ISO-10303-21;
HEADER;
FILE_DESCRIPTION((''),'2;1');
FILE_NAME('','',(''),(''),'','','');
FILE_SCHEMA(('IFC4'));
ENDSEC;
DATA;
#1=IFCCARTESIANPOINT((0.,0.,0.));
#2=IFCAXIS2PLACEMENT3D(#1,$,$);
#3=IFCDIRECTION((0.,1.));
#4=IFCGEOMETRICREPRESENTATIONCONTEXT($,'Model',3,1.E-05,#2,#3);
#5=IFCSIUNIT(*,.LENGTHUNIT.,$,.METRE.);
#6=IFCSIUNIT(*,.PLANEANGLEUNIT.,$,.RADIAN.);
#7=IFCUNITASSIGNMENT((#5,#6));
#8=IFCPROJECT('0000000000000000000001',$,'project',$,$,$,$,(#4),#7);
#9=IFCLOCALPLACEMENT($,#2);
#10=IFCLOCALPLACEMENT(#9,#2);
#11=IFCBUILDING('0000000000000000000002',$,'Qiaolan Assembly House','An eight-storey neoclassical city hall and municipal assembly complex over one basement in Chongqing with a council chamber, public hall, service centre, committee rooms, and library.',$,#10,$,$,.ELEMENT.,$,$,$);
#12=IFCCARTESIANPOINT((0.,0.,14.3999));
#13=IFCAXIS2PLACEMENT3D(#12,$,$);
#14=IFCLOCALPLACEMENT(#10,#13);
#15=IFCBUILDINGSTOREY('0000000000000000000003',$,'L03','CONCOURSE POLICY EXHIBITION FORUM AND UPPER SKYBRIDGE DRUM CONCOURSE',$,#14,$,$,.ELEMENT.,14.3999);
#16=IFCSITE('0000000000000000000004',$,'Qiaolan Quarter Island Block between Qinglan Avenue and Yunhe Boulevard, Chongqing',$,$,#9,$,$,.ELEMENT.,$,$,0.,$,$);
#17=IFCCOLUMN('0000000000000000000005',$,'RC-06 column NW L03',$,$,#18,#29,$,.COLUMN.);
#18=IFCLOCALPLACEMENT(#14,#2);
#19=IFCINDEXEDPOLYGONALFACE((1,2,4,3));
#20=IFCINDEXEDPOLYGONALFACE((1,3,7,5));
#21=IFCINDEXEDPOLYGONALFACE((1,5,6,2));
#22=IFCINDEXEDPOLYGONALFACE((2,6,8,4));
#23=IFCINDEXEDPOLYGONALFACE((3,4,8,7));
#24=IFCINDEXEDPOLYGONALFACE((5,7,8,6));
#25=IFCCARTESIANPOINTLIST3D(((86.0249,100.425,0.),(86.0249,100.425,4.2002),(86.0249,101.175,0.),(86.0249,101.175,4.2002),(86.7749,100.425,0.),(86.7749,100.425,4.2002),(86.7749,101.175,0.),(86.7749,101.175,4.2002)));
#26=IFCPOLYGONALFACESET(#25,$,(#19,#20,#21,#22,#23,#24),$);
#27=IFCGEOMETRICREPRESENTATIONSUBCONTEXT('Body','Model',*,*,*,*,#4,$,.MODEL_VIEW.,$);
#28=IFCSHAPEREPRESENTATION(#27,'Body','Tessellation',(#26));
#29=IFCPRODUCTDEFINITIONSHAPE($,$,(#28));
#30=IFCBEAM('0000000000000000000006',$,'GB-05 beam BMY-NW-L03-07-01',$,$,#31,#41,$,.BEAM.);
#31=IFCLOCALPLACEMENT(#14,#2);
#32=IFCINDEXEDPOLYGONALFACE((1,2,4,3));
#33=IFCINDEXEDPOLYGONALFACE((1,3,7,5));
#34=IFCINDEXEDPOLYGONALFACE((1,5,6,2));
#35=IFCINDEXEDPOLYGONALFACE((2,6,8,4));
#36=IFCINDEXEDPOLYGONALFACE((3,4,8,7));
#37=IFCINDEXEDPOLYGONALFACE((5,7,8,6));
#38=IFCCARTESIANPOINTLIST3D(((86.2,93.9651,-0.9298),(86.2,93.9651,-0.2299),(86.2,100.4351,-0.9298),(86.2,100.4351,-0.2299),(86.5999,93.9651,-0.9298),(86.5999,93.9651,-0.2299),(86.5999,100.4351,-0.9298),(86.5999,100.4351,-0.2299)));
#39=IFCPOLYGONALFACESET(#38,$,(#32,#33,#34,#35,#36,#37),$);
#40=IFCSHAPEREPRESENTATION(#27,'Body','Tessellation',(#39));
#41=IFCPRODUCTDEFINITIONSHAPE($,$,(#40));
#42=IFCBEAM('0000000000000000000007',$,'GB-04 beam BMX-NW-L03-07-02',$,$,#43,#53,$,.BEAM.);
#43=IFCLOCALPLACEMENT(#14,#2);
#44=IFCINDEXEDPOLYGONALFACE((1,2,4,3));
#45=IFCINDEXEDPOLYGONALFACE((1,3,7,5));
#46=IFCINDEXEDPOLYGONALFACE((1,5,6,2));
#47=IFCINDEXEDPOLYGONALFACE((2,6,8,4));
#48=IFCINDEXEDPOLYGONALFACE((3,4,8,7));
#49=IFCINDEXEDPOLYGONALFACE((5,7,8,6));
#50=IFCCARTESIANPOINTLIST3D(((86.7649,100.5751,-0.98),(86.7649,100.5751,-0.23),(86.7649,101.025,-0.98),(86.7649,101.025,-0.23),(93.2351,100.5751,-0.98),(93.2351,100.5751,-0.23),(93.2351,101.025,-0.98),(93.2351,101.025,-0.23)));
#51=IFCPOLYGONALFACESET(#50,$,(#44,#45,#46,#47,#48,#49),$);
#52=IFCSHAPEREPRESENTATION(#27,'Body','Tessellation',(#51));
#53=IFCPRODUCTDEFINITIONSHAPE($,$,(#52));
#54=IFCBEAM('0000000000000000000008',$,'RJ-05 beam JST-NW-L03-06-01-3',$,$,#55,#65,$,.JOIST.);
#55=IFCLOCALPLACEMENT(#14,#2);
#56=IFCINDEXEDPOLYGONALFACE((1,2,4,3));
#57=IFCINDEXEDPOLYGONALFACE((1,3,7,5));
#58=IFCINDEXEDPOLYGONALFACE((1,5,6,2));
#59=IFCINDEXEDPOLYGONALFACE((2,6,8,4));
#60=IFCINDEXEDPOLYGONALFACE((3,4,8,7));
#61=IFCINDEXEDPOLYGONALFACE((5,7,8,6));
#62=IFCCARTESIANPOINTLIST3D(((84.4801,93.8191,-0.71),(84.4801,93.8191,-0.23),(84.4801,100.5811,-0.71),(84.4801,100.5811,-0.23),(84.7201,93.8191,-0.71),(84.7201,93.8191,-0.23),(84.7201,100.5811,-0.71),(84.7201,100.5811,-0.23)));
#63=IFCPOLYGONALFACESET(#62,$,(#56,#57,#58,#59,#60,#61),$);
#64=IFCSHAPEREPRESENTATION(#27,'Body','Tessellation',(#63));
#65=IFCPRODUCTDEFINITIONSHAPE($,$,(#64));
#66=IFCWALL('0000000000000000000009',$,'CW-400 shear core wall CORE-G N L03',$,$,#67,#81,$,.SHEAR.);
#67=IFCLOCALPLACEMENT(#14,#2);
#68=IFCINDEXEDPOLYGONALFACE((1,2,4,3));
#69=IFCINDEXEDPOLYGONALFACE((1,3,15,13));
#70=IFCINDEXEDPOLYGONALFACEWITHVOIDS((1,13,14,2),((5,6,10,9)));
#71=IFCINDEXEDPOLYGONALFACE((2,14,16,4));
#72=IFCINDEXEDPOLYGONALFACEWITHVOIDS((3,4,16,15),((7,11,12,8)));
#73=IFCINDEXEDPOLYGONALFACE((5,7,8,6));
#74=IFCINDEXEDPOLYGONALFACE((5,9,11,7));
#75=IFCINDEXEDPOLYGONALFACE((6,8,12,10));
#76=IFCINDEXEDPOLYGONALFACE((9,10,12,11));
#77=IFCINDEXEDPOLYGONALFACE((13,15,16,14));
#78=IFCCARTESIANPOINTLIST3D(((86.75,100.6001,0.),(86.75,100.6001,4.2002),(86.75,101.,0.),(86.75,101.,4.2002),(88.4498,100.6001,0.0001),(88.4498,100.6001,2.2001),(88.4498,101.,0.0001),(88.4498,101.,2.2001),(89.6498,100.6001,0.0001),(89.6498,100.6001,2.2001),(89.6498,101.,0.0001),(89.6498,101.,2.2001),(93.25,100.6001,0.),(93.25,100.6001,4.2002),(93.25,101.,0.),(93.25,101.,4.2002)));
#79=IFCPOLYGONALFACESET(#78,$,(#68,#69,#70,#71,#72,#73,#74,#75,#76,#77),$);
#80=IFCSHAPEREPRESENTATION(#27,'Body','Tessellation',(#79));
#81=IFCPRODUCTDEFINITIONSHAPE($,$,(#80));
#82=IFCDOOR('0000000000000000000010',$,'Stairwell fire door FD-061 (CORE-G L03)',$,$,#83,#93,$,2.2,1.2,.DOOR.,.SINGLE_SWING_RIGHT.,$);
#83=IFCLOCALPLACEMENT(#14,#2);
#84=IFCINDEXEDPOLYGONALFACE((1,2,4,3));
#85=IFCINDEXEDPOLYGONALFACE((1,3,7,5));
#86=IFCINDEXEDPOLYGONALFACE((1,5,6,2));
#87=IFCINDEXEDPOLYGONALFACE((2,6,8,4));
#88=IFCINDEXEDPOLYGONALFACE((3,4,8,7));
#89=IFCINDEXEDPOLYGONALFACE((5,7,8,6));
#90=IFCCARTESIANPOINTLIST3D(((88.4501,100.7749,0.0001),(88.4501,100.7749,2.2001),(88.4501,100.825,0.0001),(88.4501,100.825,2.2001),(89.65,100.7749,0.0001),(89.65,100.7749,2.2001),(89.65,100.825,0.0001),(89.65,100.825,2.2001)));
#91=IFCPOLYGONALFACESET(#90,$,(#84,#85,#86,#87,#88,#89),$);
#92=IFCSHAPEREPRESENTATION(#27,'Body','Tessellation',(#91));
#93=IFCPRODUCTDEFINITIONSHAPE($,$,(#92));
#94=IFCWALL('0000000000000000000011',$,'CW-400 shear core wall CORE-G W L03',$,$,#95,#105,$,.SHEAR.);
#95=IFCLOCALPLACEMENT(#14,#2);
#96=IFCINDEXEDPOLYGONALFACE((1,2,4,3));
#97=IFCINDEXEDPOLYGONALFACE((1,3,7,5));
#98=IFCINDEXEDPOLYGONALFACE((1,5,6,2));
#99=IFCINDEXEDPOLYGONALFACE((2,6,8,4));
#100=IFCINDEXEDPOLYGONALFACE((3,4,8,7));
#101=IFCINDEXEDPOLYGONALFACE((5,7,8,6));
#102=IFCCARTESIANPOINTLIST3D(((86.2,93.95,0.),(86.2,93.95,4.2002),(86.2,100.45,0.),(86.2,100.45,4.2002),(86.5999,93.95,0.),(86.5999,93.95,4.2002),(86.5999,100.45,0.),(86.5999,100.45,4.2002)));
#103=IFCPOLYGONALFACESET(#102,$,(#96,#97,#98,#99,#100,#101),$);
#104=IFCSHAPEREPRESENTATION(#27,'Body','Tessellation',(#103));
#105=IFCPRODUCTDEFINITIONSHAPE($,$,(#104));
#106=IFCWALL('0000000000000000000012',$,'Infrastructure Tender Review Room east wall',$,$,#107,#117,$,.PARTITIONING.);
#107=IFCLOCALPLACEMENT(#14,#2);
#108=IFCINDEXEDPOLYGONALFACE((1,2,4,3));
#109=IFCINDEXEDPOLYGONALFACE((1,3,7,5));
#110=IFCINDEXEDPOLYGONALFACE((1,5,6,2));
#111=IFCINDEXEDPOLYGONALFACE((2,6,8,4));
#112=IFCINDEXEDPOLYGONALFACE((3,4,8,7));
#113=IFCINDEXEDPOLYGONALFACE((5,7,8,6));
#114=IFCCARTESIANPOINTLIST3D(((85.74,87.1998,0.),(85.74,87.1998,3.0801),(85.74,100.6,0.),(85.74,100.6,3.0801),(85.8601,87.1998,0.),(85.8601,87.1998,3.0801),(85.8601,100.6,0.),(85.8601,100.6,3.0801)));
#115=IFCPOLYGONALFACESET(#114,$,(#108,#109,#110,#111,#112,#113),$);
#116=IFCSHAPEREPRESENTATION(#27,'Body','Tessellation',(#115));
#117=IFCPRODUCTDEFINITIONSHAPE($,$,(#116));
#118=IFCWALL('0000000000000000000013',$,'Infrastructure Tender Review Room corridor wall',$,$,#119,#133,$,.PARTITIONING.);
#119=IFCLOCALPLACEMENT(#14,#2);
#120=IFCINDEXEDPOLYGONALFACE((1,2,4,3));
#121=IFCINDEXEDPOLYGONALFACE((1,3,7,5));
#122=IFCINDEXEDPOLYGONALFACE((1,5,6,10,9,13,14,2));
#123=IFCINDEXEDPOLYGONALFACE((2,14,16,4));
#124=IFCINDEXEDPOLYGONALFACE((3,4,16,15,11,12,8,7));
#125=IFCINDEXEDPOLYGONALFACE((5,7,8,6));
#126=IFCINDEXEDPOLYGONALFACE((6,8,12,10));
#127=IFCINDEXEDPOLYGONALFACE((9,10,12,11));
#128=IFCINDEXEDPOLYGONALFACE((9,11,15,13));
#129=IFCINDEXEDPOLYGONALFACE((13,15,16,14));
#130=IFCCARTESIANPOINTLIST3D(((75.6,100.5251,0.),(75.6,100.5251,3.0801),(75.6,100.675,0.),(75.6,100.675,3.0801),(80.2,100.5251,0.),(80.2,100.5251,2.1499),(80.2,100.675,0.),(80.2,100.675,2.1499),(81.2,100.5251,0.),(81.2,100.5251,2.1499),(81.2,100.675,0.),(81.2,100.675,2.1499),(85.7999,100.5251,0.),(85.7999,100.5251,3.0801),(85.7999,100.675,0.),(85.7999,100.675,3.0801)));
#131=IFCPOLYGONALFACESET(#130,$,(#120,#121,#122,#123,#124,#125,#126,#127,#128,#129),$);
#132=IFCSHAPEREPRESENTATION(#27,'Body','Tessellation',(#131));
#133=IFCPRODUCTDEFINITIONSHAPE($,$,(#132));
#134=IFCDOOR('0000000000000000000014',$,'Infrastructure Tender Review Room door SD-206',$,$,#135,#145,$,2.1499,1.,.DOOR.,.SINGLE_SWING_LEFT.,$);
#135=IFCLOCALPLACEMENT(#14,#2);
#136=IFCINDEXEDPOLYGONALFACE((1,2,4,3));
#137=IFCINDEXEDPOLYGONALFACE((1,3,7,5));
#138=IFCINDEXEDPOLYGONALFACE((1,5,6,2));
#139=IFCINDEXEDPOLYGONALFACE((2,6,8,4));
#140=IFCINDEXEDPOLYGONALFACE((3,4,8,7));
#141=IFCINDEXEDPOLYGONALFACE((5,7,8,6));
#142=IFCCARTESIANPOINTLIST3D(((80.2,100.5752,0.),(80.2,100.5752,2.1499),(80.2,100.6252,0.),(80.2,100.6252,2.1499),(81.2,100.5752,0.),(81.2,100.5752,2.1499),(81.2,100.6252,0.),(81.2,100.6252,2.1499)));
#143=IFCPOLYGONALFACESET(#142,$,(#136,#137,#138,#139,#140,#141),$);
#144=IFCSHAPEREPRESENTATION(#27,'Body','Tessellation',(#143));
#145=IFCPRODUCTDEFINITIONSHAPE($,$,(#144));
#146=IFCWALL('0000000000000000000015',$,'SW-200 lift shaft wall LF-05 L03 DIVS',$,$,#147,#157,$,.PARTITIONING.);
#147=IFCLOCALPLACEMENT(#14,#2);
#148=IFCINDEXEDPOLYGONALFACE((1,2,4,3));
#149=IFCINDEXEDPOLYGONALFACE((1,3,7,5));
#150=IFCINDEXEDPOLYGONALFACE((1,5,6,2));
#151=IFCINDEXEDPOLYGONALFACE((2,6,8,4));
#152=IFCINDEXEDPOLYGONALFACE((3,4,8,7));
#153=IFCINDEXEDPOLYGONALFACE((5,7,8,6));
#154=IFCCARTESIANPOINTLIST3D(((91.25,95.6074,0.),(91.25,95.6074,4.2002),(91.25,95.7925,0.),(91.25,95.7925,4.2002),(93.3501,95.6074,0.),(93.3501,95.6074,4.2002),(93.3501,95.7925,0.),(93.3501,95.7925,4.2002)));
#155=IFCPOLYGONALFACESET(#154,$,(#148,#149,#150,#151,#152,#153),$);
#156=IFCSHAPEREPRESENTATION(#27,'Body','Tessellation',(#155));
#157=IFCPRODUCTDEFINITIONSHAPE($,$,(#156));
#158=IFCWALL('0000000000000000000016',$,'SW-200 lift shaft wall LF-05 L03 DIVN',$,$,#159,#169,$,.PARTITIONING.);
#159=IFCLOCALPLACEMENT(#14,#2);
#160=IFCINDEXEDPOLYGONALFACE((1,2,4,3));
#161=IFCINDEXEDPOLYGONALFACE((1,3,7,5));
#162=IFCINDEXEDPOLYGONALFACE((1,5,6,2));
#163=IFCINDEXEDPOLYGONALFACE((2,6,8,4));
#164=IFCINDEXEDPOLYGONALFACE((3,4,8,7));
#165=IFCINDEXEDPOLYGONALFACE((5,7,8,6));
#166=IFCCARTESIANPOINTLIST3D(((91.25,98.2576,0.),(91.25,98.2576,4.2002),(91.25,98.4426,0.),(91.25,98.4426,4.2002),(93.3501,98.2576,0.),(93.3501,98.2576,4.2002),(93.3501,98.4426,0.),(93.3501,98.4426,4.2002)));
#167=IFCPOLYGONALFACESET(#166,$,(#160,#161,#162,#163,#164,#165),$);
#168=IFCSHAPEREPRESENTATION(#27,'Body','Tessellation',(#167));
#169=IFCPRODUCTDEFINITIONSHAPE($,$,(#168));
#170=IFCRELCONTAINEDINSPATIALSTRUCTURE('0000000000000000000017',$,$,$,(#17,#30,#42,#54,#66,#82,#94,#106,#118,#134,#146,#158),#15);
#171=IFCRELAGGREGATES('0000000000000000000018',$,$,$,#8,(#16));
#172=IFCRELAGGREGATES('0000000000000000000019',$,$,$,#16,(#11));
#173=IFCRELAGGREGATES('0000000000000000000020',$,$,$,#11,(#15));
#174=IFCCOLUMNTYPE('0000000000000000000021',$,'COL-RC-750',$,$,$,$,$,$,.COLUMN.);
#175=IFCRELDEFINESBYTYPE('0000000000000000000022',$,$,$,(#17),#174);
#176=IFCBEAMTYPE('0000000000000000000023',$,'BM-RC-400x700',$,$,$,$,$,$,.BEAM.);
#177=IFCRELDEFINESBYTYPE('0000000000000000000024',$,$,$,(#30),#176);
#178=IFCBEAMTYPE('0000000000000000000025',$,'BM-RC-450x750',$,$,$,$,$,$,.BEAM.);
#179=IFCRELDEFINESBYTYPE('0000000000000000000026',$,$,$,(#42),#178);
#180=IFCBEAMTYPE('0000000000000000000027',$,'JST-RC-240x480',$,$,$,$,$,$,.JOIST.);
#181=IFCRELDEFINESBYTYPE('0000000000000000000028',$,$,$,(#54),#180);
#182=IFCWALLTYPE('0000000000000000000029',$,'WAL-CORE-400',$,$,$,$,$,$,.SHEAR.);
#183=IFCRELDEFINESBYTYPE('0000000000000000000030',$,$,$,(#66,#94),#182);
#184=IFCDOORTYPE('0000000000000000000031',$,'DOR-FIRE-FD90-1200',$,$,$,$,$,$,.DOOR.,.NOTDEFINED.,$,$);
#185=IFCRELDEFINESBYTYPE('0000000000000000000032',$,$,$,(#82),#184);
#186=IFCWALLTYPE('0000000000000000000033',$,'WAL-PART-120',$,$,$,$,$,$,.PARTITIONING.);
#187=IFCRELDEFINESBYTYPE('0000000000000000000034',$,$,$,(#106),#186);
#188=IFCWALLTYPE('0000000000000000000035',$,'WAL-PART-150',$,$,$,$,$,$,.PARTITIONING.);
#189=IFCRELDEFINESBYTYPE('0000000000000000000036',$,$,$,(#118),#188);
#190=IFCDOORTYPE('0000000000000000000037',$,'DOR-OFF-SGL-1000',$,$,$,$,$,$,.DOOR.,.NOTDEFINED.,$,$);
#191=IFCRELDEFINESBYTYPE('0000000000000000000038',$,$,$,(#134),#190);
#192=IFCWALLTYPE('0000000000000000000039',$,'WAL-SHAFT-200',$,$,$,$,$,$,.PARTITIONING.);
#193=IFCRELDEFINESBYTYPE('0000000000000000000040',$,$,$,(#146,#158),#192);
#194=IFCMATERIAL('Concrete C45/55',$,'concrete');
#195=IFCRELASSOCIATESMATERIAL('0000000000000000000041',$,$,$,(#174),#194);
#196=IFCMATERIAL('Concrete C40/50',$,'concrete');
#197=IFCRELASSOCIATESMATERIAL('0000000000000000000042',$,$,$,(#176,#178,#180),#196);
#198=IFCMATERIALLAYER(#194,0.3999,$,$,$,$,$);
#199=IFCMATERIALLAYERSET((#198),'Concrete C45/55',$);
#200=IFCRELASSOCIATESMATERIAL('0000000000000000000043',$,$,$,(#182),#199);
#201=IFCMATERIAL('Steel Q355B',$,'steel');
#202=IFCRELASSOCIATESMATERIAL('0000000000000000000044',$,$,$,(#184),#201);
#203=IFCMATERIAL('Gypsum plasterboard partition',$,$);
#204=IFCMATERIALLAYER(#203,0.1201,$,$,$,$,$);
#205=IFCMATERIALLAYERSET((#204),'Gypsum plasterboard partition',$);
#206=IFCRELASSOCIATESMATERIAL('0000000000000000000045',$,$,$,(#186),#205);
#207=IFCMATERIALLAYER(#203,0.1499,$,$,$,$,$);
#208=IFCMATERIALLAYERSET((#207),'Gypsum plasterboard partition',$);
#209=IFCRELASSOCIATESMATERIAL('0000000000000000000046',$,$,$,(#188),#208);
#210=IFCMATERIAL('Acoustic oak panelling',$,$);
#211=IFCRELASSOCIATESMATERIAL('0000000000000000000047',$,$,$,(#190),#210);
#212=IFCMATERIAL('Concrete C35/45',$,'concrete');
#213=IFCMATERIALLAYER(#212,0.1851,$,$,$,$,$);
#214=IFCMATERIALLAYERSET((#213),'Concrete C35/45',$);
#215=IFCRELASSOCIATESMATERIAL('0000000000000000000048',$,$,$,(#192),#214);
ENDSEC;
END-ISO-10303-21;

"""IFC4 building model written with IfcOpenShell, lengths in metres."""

from ifc_helpers import new_model, si_unit, direction, frame, frame_2d, origin, origin_2d, place, context, subcontext, project, spatial, rectangle, extrude, material, layer, layer_set, material_profile, profile_set, type_object, element, fill, save


model = new_model("IFC4")

# Units and contexts
model_context = context("Model", 3, precision=1e-05, world=origin(), true_north=direction((0.0, 1.0)))
body_context = subcontext(model_context, "Body", "Model", "MODEL_VIEW")
ifc_project = project(units=[si_unit("LENGTHUNIT", "METRE"), si_unit("PLANEANGLEUNIT", "RADIAN")], contexts=[model_context])

# Site, building, storey
site_placement = place(None, origin())
site = spatial("IfcSite", under=ifc_project, at=site_placement, Name="Qiaolan Quarter Island Block between Qinglan Avenue and Yunhe Boulevard, Chongqing", CompositionType="ELEMENT", RefElevation=0.0)
building_placement = place(site_placement, origin())
building = spatial("IfcBuilding", under=site, at=building_placement, Name="Qiaolan Assembly House", Description="An eight-storey neoclassical city hall and municipal assembly complex over one basement in Chongqing with a council chamber, public hall, service centre, committee rooms, and library.", CompositionType="ELEMENT")
storey_placement = place(building_placement, frame((0.0, 0.0, 14.3999)))
storey = spatial("IfcBuildingStorey", under=building, at=storey_placement, Name="L03", Description="CONCOURSE POLICY EXHIBITION FORUM AND UPPER SKYBRIDGE DRUM CONCOURSE", CompositionType="ELEMENT", Elevation=14.3999)

# Column
ifc_material_1 = material(Name="Concrete C45/55", Category="concrete")
ifc_material_profile_1 = material_profile(ifc_material_1, rectangle(XDim=0.75, YDim=0.75, at=origin_2d()), Name="RC 750x750")
ifc_profile_set_1 = profile_set([ifc_material_profile_1], Name="Concrete C45/55")
column_type = type_object("IfcColumnType", Name="COL-RC-750", PredefinedType="COLUMN", material=ifc_profile_set_1)
column_placement = place(storey_placement, frame((86.3999, 100.8, 0.0), z_axis=(0.0, 0.0, 1.0), x_axis=(1.0, 0.0, 0.0)))
element("IfcColumn", 1, at=column_placement, inside=storey, type_object=column_type, Name="RC-06 column NW L03", PredefinedType="COLUMN", context=body_context, shape_type="SweptSolid", body=[
    extrude(rectangle(XDim=0.75, YDim=0.75, at=origin_2d()), origin(), (0.0, 0.0, 1.0), 4.2002),
])

# Beams
ifc_material_2 = material(Name="Concrete C40/50", Category="concrete")
ifc_material_profile_2 = material_profile(ifc_material_2, rectangle(XDim=0.3999, YDim=0.7, at=origin_2d()), Name="RCB 400x700")
ifc_profile_set_2 = profile_set([ifc_material_profile_2], Name="Concrete C40/50")
beam_type_1 = type_object("IfcBeamType", Name="BM-RC-400x700", PredefinedType="BEAM", material=ifc_profile_set_2)
beam_1_placement = place(storey_placement, frame((86.3999, 93.9651, -0.5798), z_axis=(0.0, 1.0, 0.0), x_axis=(-1.0, 0.0, 0.0)))
element("IfcBeam", 2, at=beam_1_placement, inside=storey, type_object=beam_type_1, Name="GB-05 beam BMY-NW-L03-07-01", PredefinedType="BEAM", context=body_context, shape_type="SweptSolid", body=[
    extrude(rectangle(XDim=0.3999, YDim=0.7, at=origin_2d()), origin(), (0.0, 0.0, 1.0), 6.47),
])
ifc_material_profile_3 = material_profile(ifc_material_2, rectangle(XDim=0.45, YDim=0.75, at=origin_2d()), Name="RCB 450x750")
ifc_profile_set_3 = profile_set([ifc_material_profile_3], Name="Concrete C40/50")
beam_type_2 = type_object("IfcBeamType", Name="BM-RC-450x750", PredefinedType="BEAM", material=ifc_profile_set_3)
beam_2_placement = place(storey_placement, frame((86.7649, 100.8, -0.605), z_axis=(1.0, 0.0, 0.0), x_axis=(0.0, 1.0, 0.0)))
element("IfcBeam", 3, at=beam_2_placement, inside=storey, type_object=beam_type_2, Name="GB-04 beam BMX-NW-L03-07-02", PredefinedType="BEAM", context=body_context, shape_type="SweptSolid", body=[
    extrude(rectangle(XDim=0.45, YDim=0.75, at=origin_2d()), origin(), (0.0, 0.0, 1.0), 6.4702),
])
ifc_material_profile_4 = material_profile(ifc_material_2, rectangle(XDim=0.24, YDim=0.48, at=origin_2d()), Name="RCB 240x480")
ifc_profile_set_4 = profile_set([ifc_material_profile_4], Name="Concrete C40/50")
beam_type_3 = type_object("IfcBeamType", Name="JST-RC-240x480", PredefinedType="JOIST", material=ifc_profile_set_4)
beam_3_placement = place(storey_placement, frame((84.6001, 93.8191, -0.47), z_axis=(0.0, 1.0, 0.0), x_axis=(-1.0, 0.0, 0.0)))
element("IfcBeam", 4, at=beam_3_placement, inside=storey, type_object=beam_type_3, Name="RJ-05 beam JST-NW-L03-06-01-3", PredefinedType="JOIST", context=body_context, shape_type="SweptSolid", body=[
    extrude(rectangle(XDim=0.24, YDim=0.48, at=origin_2d()), origin(), (0.0, 0.0, 1.0), 6.762),
])

# Wall, opening, door
ifc_layer_1 = layer(ifc_material_1, 0.3999)
ifc_layer_set_1 = layer_set([ifc_layer_1], Name="Concrete C45/55")
wall_type_1 = type_object("IfcWallType", Name="WAL-CORE-400", PredefinedType="SHEAR", material=ifc_layer_set_1)
wall_1_placement = place(storey_placement, frame((93.25, 100.8, 0.0), z_axis=(0.0, 0.0, 1.0), x_axis=(-1.0, 0.0, 0.0)))
wall_1 = element("IfcWall", 5, at=wall_1_placement, inside=storey, type_object=wall_type_1, Name="CW-400 shear core wall CORE-G N L03", PredefinedType="SHEAR", context=body_context, shape_type="SweptSolid", body=[
    extrude(rectangle(XDim=6.5, YDim=0.3999, at=frame_2d((3.25, 0.0))), origin(), (0.0, 0.0, 1.0), 4.2002),
])
opening_1_placement = place(wall_1_placement, frame((3.6001, 0.0, 0.0)))
opening_1 = element("IfcOpeningElement", 6, at=opening_1_placement, cuts=wall_1, PredefinedType="OPENING", context=body_context, shape_type="SweptSolid", body=[
    extrude(rectangle(XDim=1.2, YDim=2.2, at=frame_2d((0.6001, 1.1001))), frame((0.0, 0.21, 0.0), z_axis=(0.0, -1.0, 0.0), x_axis=(1.0, 0.0, 0.0)), (0.0, 0.0, 1.0), 0.4199),
])
ifc_material_3 = material(Name="Steel Q355B", Category="steel")
door_type_1 = type_object("IfcDoorType", Name="DOR-FIRE-FD90-1200", OperationType="NOTDEFINED", PredefinedType="DOOR", material=ifc_material_3)
door_1_placement = place(opening_1_placement, frame((1.2, 0.0, 0.0), z_axis=(0.0, 0.0, 1.0), x_axis=(-1.0, 0.0, 0.0)))
door_1 = element("IfcDoor", 7, at=door_1_placement, inside=storey, type_object=door_type_1, Name="Stairwell fire door FD-061 (CORE-G L03)", OperationType="SINGLE_SWING_RIGHT", OverallHeight=2.2, OverallWidth=1.2, PredefinedType="DOOR", context=body_context, shape_type="SweptSolid", body=[
    extrude(rectangle(XDim=1.2, YDim=2.2, at=frame_2d((0.6001, 1.1001))), frame((0.0, 0.0249, 0.0), z_axis=(0.0, -1.0, 0.0), x_axis=(1.0, 0.0, 0.0)), (0.0, 0.0, 1.0), 0.05),
])
fill(opening_1, door_1)

# Walls
wall_2_placement = place(storey_placement, frame((86.3999, 100.45, 0.0), z_axis=(0.0, 0.0, 1.0), x_axis=(0.0, -1.0, 0.0)))
element("IfcWall", 8, at=wall_2_placement, inside=storey, type_object=wall_type_1, Name="CW-400 shear core wall CORE-G W L03", PredefinedType="SHEAR", context=body_context, shape_type="SweptSolid", body=[
    extrude(rectangle(XDim=6.5, YDim=0.3999, at=frame_2d((3.25, 0.0))), origin(), (0.0, 0.0, 1.0), 4.2002),
])
ifc_material_4 = material(Name="Gypsum plasterboard partition")
ifc_layer_2 = layer(ifc_material_4, 0.1201)
ifc_layer_set_2 = layer_set([ifc_layer_2], Name="Gypsum plasterboard partition")
wall_type_2 = type_object("IfcWallType", Name="WAL-PART-120", PredefinedType="PARTITIONING", material=ifc_layer_set_2)
wall_3_placement = place(storey_placement, frame((85.8, 100.6001, 0.0), z_axis=(0.0, 0.0, 1.0), x_axis=(0.0, -1.0, 0.0)))
element("IfcWall", 9, at=wall_3_placement, inside=storey, type_object=wall_type_2, Name="Infrastructure Tender Review Room east wall", PredefinedType="PARTITIONING", context=body_context, shape_type="SweptSolid", body=[
    extrude(rectangle(XDim=13.4001, YDim=0.1201, at=frame_2d((6.7002, 0.0))), origin(), (0.0, 0.0, 1.0), 3.0801),
])

# Wall, opening, door
ifc_layer_3 = layer(ifc_material_4, 0.1499)
ifc_layer_set_3 = layer_set([ifc_layer_3], Name="Gypsum plasterboard partition")
wall_type_3 = type_object("IfcWallType", Name="WAL-PART-150", PredefinedType="PARTITIONING", material=ifc_layer_set_3)
wall_4_placement = place(storey_placement, frame((85.8, 100.6001, 0.0), z_axis=(0.0, 0.0, 1.0), x_axis=(-1.0, 0.0, 0.0)))
wall_4 = element("IfcWall", 10, at=wall_4_placement, inside=storey, type_object=wall_type_3, Name="Infrastructure Tender Review Room corridor wall", PredefinedType="PARTITIONING", context=body_context, shape_type="SweptSolid", body=[
    extrude(rectangle(XDim=10.2, YDim=0.1499, at=frame_2d((5.1001, 0.0))), origin(), (0.0, 0.0, 1.0), 3.0801),
])
opening_2_placement = place(wall_4_placement, frame((4.6001, 0.0, 0.0)))
opening_2 = element("IfcOpeningElement", 11, at=opening_2_placement, cuts=wall_4, PredefinedType="OPENING", context=body_context, shape_type="SweptSolid", body=[
    extrude(rectangle(XDim=1.0, YDim=2.1499, at=frame_2d((0.5, 1.075))), frame((0.0, 0.085, 0.0), z_axis=(0.0, -1.0, 0.0), x_axis=(1.0, 0.0, 0.0)), (0.0, 0.0, 1.0), 0.1699),
])
ifc_material_5 = material(Name="Acoustic oak panelling")
door_type_2 = type_object("IfcDoorType", Name="DOR-OFF-SGL-1000", OperationType="NOTDEFINED", PredefinedType="DOOR", material=ifc_material_5)
door_2_placement = place(opening_2_placement, origin())
door_2 = element("IfcDoor", 12, at=door_2_placement, inside=storey, type_object=door_type_2, Name="Infrastructure Tender Review Room door SD-206", OperationType="SINGLE_SWING_LEFT", OverallHeight=2.1499, OverallWidth=1.0, PredefinedType="DOOR", context=body_context, shape_type="SweptSolid", body=[
    extrude(rectangle(XDim=1.0, YDim=2.1499, at=frame_2d((0.5, 1.075))), frame((0.0, 0.0249, 0.0), z_axis=(0.0, -1.0, 0.0), x_axis=(1.0, 0.0, 0.0)), (0.0, 0.0, 1.0), 0.05),
])
fill(opening_2, door_2)

# Walls
ifc_material_6 = material(Name="Concrete C35/45", Category="concrete")
ifc_layer_4 = layer(ifc_material_6, 0.1851)
ifc_layer_set_4 = layer_set([ifc_layer_4], Name="Concrete C35/45")
wall_type_4 = type_object("IfcWallType", Name="WAL-SHAFT-200", PredefinedType="PARTITIONING", material=ifc_layer_set_4)
for number, where, z_axis, x_axis, name in (
    (13, (91.25, 95.7, 0.0), (0.0, 0.0, 1.0), (1.0, 0.0, 0.0), "SW-200 lift shaft wall LF-05 L03 DIVS"),
    (14, (91.25, 98.3501, 0.0), (0.0, 0.0, 1.0), (1.0, 0.0, 0.0), "SW-200 lift shaft wall LF-05 L03 DIVN"),
):
    element("IfcWall", number, at=place(storey_placement, frame(where, z_axis=z_axis, x_axis=x_axis)), inside=storey, type_object=wall_type_4, Name=name, PredefinedType="PARTITIONING", context=body_context, shape_type="SweptSolid", body=[
        extrude(rectangle(XDim=2.1001, YDim=0.1851, at=frame_2d((1.05, 0.0))), origin(), (0.0, 0.0, 1.0), 4.2002),
    ])

save(model, "model.ifc")
